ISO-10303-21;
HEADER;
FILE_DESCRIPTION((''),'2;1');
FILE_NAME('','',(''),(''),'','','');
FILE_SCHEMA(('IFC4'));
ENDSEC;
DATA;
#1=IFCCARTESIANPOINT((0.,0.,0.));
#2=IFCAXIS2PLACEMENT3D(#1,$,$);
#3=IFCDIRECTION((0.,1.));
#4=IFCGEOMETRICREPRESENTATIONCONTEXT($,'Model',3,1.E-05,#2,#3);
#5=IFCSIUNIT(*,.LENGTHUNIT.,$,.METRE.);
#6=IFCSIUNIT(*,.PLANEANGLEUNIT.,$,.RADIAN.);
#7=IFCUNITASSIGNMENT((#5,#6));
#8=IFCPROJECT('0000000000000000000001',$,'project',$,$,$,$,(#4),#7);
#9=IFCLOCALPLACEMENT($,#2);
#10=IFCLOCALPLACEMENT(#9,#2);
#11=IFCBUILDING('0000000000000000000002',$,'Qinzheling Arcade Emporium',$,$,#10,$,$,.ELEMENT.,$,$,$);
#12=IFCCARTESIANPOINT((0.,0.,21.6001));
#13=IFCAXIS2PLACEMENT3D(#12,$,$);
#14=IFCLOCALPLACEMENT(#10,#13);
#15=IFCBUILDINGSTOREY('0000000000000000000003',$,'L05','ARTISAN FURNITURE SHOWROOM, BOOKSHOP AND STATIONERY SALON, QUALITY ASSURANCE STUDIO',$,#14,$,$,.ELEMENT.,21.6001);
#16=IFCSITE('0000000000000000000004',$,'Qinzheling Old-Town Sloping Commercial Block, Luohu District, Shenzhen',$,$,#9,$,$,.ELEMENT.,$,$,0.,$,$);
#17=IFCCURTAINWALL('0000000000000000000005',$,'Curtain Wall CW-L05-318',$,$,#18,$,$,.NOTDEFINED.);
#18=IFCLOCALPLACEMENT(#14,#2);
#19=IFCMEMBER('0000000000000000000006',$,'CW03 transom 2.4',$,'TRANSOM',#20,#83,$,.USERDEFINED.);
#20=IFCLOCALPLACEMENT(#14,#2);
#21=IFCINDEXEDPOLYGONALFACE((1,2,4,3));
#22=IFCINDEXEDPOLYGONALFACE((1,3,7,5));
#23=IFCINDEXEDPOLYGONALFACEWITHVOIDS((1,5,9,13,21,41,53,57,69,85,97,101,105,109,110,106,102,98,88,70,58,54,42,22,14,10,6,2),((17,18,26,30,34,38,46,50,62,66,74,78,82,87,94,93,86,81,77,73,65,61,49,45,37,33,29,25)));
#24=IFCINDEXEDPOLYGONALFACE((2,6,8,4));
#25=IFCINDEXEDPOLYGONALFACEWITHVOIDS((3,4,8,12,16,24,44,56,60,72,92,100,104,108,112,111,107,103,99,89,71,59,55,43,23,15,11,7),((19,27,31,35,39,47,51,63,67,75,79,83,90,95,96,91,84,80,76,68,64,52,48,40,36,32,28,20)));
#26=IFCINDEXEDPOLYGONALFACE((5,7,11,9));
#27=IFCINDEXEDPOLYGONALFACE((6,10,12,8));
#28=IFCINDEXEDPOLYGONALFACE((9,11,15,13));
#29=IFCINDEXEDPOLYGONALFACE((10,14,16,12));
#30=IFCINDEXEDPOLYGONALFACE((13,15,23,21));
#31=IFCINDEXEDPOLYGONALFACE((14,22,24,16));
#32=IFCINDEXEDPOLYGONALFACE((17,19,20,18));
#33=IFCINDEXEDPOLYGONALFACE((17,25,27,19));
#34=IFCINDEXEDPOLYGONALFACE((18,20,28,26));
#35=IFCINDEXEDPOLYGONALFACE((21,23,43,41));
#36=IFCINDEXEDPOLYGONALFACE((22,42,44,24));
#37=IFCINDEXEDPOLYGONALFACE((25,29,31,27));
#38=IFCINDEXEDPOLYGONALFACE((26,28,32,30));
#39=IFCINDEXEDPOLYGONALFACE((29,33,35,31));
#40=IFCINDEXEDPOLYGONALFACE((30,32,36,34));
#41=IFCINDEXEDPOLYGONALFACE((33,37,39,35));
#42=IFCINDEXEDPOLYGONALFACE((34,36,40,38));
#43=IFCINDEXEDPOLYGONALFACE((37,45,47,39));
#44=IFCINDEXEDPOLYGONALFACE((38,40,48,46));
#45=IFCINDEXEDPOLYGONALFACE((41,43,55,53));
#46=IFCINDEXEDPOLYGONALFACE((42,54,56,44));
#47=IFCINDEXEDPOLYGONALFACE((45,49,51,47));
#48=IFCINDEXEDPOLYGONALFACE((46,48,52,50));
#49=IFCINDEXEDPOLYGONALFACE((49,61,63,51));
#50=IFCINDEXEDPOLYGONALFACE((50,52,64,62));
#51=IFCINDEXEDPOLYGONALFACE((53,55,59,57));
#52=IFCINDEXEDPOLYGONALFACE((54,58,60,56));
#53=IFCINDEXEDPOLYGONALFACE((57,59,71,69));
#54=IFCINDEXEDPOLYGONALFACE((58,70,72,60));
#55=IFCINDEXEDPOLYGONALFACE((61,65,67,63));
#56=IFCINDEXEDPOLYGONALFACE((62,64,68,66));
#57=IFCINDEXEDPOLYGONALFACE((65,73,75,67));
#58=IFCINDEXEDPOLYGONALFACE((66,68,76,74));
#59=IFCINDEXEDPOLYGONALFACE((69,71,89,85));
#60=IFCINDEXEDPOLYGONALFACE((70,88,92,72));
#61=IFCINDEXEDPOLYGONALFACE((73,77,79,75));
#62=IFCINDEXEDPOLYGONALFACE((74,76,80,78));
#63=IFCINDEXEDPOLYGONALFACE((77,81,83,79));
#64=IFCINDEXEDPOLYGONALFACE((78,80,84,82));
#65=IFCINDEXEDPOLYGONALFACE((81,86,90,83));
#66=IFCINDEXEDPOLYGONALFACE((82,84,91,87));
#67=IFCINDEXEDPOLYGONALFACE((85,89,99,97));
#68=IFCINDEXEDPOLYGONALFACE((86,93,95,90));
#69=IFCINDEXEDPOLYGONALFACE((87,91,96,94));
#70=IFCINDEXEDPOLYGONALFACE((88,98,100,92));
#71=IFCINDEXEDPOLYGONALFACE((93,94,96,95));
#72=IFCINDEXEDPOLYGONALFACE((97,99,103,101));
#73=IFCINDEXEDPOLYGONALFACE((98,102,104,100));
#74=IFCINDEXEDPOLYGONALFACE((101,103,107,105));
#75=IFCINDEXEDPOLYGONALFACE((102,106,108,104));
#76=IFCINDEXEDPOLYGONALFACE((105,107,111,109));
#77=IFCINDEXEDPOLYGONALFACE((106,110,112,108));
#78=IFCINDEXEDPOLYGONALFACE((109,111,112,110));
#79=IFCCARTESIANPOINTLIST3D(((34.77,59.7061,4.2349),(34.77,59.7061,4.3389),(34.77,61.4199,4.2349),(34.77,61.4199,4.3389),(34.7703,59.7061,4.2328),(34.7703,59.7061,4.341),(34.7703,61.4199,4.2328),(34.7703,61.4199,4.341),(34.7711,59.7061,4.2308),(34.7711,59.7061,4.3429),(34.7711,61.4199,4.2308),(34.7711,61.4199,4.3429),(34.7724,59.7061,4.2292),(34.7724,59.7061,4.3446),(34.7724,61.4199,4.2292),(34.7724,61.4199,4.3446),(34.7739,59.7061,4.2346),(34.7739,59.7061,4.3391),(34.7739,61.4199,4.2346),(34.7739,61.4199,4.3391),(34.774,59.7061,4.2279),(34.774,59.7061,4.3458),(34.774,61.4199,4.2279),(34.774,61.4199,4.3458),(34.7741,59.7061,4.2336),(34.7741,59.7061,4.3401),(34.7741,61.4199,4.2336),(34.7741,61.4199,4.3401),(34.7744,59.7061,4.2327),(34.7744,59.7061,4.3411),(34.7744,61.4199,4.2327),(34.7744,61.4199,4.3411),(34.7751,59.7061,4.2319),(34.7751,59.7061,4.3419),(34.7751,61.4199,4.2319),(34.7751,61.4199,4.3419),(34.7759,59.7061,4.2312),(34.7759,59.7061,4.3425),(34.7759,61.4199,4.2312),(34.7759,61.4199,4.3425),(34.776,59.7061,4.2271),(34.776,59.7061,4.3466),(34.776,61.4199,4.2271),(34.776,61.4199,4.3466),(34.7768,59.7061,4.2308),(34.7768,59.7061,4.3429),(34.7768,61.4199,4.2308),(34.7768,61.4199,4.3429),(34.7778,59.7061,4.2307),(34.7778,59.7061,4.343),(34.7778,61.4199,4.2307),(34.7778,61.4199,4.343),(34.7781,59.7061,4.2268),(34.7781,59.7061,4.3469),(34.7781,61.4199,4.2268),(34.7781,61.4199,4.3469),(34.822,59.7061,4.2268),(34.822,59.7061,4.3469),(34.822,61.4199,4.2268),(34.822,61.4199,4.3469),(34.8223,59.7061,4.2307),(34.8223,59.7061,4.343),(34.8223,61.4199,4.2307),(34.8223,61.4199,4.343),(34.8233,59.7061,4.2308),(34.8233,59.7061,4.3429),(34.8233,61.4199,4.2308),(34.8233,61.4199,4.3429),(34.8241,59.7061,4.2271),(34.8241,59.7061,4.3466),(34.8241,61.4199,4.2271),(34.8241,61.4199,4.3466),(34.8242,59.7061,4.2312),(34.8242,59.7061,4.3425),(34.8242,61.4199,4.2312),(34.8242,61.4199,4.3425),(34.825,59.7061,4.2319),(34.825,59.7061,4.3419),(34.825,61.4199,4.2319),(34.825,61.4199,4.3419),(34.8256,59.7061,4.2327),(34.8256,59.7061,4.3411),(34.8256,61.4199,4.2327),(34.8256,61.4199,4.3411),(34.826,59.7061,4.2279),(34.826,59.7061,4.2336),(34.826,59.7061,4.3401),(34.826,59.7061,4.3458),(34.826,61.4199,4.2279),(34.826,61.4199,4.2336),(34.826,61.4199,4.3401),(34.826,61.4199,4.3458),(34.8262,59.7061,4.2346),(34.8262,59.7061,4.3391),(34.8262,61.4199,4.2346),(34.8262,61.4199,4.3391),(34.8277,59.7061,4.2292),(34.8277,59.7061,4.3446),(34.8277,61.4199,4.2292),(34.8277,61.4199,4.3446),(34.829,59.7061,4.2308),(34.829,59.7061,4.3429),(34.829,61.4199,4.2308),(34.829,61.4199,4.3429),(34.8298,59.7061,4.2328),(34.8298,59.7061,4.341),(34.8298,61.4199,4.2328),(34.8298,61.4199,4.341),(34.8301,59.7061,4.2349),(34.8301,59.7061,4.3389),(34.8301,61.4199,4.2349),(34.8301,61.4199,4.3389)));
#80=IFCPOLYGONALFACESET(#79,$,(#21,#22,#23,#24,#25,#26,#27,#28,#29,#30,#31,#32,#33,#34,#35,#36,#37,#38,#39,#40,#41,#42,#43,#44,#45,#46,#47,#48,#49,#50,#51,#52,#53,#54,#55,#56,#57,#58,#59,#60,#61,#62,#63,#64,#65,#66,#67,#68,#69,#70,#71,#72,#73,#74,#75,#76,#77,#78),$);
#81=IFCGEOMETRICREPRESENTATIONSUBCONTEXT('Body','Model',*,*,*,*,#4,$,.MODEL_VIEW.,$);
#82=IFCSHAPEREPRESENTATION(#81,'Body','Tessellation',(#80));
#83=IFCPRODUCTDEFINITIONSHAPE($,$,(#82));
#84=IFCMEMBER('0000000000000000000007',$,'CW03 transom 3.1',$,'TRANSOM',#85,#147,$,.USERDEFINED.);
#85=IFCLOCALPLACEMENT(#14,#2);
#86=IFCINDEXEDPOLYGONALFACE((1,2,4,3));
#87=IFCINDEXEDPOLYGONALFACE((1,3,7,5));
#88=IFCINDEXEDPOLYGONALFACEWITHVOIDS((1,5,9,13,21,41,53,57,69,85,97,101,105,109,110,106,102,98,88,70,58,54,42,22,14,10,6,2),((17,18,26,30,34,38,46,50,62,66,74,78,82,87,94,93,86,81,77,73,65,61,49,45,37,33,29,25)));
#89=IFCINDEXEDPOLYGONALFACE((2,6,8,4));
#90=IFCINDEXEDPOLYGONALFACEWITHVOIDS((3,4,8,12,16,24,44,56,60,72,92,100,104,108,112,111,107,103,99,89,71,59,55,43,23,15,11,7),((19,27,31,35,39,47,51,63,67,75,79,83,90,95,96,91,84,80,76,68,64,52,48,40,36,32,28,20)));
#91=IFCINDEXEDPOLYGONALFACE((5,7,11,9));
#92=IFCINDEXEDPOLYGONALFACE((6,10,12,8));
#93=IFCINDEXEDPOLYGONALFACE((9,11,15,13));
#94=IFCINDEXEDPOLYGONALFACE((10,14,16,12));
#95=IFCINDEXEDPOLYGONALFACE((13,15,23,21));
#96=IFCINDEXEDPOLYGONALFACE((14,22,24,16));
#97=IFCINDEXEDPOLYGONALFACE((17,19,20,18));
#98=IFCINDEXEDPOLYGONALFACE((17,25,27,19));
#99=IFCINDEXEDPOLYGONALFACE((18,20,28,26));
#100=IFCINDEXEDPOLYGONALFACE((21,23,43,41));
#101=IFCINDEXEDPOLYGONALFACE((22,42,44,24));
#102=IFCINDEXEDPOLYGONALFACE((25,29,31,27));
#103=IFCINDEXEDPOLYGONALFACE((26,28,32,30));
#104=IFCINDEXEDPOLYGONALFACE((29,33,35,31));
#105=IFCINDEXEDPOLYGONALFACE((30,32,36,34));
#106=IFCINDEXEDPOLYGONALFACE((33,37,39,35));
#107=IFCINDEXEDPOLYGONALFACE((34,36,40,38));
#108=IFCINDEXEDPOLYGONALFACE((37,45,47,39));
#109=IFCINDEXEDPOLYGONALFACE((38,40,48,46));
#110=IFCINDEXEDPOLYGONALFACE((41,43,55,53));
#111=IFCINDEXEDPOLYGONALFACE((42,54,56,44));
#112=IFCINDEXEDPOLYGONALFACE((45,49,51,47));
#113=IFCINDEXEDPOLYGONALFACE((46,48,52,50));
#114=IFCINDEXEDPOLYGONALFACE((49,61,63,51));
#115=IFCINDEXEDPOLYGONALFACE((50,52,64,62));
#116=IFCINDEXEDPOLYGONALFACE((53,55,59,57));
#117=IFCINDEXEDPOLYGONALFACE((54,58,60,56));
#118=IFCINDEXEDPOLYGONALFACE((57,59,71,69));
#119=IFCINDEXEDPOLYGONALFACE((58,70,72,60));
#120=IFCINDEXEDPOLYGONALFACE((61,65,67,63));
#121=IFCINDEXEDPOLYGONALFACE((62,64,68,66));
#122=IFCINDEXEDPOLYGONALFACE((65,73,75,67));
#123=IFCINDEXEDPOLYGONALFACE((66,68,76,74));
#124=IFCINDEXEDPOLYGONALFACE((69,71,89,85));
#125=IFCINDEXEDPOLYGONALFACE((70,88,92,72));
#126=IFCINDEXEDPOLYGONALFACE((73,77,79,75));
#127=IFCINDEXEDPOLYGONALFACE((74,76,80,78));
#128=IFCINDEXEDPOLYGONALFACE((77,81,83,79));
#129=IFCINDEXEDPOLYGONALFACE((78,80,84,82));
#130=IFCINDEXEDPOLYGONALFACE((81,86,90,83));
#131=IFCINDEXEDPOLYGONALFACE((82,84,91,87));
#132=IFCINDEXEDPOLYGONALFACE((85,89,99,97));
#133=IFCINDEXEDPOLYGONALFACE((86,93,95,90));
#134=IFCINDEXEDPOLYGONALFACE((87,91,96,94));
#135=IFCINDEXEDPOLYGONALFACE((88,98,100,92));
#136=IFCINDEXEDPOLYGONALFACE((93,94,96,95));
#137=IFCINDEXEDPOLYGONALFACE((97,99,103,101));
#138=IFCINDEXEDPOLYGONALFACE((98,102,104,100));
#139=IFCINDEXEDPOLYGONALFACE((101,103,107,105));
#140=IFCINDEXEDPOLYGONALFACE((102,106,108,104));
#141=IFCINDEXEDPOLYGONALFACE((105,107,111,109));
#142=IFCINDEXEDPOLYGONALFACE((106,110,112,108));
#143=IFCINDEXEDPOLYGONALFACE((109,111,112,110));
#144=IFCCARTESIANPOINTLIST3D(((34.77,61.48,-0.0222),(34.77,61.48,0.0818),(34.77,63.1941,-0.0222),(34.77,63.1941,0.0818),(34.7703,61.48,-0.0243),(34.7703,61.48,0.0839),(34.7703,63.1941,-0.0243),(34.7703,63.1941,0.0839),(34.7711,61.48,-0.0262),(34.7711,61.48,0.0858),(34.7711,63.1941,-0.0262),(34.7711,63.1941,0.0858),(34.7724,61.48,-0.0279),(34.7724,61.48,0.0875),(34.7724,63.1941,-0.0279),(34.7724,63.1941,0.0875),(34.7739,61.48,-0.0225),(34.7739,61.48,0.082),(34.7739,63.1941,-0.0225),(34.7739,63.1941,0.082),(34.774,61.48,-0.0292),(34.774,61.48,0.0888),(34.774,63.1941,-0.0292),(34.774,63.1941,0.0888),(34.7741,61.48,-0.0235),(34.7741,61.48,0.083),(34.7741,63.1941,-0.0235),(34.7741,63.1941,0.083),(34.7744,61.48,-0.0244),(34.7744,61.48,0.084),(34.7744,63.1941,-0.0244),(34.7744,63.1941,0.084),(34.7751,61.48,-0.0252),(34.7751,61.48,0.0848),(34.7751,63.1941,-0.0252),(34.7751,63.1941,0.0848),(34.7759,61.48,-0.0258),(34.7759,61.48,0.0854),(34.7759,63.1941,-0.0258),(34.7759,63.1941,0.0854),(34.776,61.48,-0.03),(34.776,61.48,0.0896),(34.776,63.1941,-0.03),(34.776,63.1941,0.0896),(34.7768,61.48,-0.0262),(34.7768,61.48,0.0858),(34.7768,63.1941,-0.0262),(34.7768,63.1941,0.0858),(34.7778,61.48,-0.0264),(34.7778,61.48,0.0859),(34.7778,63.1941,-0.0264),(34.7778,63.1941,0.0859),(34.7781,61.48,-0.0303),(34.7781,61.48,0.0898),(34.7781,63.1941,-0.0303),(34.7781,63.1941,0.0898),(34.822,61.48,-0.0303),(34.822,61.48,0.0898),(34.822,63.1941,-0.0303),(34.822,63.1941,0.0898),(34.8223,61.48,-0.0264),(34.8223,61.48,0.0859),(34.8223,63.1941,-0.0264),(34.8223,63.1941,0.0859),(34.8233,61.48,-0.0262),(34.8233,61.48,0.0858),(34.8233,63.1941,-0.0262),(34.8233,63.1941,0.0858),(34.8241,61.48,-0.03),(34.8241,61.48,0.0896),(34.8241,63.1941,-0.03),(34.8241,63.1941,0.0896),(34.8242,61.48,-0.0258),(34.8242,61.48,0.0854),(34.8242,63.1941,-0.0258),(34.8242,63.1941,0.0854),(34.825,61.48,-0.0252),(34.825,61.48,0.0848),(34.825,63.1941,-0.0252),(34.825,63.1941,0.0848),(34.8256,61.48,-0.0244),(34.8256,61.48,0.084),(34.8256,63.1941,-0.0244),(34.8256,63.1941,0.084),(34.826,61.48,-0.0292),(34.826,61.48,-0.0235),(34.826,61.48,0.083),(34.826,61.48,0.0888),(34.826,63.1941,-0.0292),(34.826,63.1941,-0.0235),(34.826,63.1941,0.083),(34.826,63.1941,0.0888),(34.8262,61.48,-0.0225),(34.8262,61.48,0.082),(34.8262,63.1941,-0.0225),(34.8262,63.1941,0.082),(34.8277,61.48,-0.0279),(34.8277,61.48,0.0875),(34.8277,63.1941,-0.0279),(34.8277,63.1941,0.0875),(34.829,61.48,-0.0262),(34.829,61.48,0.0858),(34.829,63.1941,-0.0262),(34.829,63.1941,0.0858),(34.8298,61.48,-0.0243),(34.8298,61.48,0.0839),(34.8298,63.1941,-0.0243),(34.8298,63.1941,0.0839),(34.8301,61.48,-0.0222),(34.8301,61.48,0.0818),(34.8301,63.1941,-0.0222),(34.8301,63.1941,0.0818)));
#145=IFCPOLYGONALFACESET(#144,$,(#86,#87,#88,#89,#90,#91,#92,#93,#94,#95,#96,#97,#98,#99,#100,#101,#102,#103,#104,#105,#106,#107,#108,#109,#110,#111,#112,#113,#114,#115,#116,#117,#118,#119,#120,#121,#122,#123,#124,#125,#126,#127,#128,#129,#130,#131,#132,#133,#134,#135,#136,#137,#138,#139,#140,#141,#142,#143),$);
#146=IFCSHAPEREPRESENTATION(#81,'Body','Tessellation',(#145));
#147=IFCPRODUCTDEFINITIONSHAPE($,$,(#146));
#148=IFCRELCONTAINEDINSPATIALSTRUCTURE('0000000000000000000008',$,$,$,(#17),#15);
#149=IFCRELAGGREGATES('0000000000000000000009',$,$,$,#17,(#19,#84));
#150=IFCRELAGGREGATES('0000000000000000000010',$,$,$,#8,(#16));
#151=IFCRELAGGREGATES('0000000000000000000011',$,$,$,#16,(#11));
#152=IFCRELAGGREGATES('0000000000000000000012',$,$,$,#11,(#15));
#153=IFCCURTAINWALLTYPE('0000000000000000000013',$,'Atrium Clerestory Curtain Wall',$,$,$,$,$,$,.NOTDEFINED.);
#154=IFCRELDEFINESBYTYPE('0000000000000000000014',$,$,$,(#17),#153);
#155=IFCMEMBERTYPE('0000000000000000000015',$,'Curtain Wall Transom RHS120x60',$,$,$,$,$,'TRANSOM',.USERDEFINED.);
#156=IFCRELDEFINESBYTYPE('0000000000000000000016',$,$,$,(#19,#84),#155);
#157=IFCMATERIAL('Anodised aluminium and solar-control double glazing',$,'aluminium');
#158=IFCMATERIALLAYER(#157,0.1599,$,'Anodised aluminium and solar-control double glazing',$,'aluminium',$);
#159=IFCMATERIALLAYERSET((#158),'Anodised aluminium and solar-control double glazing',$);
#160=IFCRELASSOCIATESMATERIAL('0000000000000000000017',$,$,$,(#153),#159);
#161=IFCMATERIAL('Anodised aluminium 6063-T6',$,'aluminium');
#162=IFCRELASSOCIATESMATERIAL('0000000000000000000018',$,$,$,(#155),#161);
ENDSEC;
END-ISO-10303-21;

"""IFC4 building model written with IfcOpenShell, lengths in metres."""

from ifc_helpers import new_model, si_unit, direction, frame, origin, origin_2d, place, context, subcontext, project, spatial, hollow_rectangle, extrude, material, layer, layer_set, material_profile, profile_set, type_object, element, aggregate, save


model = new_model("IFC4")

# Units and contexts
model_context = context("Model", 3, precision=1e-05, world=origin(), true_north=direction((0.0, 1.0)))
body_context = subcontext(model_context, "Body", "Model", "MODEL_VIEW")
ifc_project = project(units=[si_unit("LENGTHUNIT", "METRE"), si_unit("PLANEANGLEUNIT", "RADIAN")], contexts=[model_context])

# Site, building, storey
site_placement = place(None, origin())
site = spatial("IfcSite", under=ifc_project, at=site_placement, Name="Qinzheling Old-Town Sloping Commercial Block, Luohu District, Shenzhen", CompositionType="ELEMENT", RefElevation=0.0)
building_placement = place(site_placement, origin())
building = spatial("IfcBuilding", under=site, at=building_placement, Name="Qinzheling Arcade Emporium", CompositionType="ELEMENT")
storey_placement = place(building_placement, frame((0.0, 0.0, 21.6001)))
storey = spatial("IfcBuildingStorey", under=building, at=storey_placement, Name="L05", Description="ARTISAN FURNITURE SHOWROOM, BOOKSHOP AND STATIONERY SALON, QUALITY ASSURANCE STUDIO", CompositionType="ELEMENT", Elevation=21.6001)

# Curtain wall, members
ifc_material_1 = material(Name="Anodised aluminium and solar-control double glazing", Category="aluminium")
ifc_layer_1 = layer(ifc_material_1, 0.1599, Name="Anodised aluminium and solar-control double glazing", Category="aluminium")
ifc_layer_set_1 = layer_set([ifc_layer_1], Name="Anodised aluminium and solar-control double glazing")
curtain_wall_type = type_object("IfcCurtainWallType", Name="Atrium Clerestory Curtain Wall", PredefinedType="NOTDEFINED", material=ifc_layer_set_1)
curtain_wall_placement = place(storey_placement, origin())
curtain_wall = element("IfcCurtainWall", 1, at=curtain_wall_placement, inside=storey, type_object=curtain_wall_type, Name="Curtain Wall CW-L05-318", PredefinedType="NOTDEFINED")
ifc_material_2 = material(Name="Anodised aluminium 6063-T6", Category="aluminium")
ifc_material_profile_1 = material_profile(ifc_material_2, hollow_rectangle(XDim=0.0601, YDim=0.1201, WallThickness=0.0039, InnerFilletRadius=0.0039, OuterFilletRadius=0.0081, at=origin_2d()), Name="RHS 120x60x4", Category="aluminium")
ifc_profile_set_1 = profile_set([ifc_material_profile_1], Name="Anodised aluminium 6063-T6")
member_type = type_object("IfcMemberType", Name="Curtain Wall Transom RHS120x60", ElementType="TRANSOM", PredefinedType="USERDEFINED", material=ifc_profile_set_1)
member_1_placement = place(storey_placement, frame((34.8, 59.7061, 4.2869), z_axis=(0.0, 1.0, 0.0), x_axis=(-1.0, 0.0, 0.0)))
member_1 = element("IfcMember", 2, at=member_1_placement, type_object=member_type, Name="CW03 transom 2.4", ObjectType="TRANSOM", PredefinedType="USERDEFINED", context=body_context, shape_type="SweptSolid", body=[
    extrude(hollow_rectangle(XDim=0.0601, YDim=0.1201, WallThickness=0.0039, InnerFilletRadius=0.0039, OuterFilletRadius=0.0081, at=origin_2d()), origin(), (0.0, 0.0, 1.0), 1.7139),
])
member_2_placement = place(storey_placement, frame((34.8, 61.48, 0.0298), z_axis=(0.0, 1.0, 0.0), x_axis=(-1.0, 0.0, 0.0)))
member_2 = element("IfcMember", 3, at=member_2_placement, type_object=member_type, Name="CW03 transom 3.1", ObjectType="TRANSOM", PredefinedType="USERDEFINED", context=body_context, shape_type="SweptSolid", body=[
    extrude(hollow_rectangle(XDim=0.0601, YDim=0.1201, WallThickness=0.0039, InnerFilletRadius=0.0039, OuterFilletRadius=0.0081, at=origin_2d()), origin(), (0.0, 0.0, 1.0), 1.7141),
])

aggregate(curtain_wall, [member_1, member_2])

save(model, "model.ifc")
